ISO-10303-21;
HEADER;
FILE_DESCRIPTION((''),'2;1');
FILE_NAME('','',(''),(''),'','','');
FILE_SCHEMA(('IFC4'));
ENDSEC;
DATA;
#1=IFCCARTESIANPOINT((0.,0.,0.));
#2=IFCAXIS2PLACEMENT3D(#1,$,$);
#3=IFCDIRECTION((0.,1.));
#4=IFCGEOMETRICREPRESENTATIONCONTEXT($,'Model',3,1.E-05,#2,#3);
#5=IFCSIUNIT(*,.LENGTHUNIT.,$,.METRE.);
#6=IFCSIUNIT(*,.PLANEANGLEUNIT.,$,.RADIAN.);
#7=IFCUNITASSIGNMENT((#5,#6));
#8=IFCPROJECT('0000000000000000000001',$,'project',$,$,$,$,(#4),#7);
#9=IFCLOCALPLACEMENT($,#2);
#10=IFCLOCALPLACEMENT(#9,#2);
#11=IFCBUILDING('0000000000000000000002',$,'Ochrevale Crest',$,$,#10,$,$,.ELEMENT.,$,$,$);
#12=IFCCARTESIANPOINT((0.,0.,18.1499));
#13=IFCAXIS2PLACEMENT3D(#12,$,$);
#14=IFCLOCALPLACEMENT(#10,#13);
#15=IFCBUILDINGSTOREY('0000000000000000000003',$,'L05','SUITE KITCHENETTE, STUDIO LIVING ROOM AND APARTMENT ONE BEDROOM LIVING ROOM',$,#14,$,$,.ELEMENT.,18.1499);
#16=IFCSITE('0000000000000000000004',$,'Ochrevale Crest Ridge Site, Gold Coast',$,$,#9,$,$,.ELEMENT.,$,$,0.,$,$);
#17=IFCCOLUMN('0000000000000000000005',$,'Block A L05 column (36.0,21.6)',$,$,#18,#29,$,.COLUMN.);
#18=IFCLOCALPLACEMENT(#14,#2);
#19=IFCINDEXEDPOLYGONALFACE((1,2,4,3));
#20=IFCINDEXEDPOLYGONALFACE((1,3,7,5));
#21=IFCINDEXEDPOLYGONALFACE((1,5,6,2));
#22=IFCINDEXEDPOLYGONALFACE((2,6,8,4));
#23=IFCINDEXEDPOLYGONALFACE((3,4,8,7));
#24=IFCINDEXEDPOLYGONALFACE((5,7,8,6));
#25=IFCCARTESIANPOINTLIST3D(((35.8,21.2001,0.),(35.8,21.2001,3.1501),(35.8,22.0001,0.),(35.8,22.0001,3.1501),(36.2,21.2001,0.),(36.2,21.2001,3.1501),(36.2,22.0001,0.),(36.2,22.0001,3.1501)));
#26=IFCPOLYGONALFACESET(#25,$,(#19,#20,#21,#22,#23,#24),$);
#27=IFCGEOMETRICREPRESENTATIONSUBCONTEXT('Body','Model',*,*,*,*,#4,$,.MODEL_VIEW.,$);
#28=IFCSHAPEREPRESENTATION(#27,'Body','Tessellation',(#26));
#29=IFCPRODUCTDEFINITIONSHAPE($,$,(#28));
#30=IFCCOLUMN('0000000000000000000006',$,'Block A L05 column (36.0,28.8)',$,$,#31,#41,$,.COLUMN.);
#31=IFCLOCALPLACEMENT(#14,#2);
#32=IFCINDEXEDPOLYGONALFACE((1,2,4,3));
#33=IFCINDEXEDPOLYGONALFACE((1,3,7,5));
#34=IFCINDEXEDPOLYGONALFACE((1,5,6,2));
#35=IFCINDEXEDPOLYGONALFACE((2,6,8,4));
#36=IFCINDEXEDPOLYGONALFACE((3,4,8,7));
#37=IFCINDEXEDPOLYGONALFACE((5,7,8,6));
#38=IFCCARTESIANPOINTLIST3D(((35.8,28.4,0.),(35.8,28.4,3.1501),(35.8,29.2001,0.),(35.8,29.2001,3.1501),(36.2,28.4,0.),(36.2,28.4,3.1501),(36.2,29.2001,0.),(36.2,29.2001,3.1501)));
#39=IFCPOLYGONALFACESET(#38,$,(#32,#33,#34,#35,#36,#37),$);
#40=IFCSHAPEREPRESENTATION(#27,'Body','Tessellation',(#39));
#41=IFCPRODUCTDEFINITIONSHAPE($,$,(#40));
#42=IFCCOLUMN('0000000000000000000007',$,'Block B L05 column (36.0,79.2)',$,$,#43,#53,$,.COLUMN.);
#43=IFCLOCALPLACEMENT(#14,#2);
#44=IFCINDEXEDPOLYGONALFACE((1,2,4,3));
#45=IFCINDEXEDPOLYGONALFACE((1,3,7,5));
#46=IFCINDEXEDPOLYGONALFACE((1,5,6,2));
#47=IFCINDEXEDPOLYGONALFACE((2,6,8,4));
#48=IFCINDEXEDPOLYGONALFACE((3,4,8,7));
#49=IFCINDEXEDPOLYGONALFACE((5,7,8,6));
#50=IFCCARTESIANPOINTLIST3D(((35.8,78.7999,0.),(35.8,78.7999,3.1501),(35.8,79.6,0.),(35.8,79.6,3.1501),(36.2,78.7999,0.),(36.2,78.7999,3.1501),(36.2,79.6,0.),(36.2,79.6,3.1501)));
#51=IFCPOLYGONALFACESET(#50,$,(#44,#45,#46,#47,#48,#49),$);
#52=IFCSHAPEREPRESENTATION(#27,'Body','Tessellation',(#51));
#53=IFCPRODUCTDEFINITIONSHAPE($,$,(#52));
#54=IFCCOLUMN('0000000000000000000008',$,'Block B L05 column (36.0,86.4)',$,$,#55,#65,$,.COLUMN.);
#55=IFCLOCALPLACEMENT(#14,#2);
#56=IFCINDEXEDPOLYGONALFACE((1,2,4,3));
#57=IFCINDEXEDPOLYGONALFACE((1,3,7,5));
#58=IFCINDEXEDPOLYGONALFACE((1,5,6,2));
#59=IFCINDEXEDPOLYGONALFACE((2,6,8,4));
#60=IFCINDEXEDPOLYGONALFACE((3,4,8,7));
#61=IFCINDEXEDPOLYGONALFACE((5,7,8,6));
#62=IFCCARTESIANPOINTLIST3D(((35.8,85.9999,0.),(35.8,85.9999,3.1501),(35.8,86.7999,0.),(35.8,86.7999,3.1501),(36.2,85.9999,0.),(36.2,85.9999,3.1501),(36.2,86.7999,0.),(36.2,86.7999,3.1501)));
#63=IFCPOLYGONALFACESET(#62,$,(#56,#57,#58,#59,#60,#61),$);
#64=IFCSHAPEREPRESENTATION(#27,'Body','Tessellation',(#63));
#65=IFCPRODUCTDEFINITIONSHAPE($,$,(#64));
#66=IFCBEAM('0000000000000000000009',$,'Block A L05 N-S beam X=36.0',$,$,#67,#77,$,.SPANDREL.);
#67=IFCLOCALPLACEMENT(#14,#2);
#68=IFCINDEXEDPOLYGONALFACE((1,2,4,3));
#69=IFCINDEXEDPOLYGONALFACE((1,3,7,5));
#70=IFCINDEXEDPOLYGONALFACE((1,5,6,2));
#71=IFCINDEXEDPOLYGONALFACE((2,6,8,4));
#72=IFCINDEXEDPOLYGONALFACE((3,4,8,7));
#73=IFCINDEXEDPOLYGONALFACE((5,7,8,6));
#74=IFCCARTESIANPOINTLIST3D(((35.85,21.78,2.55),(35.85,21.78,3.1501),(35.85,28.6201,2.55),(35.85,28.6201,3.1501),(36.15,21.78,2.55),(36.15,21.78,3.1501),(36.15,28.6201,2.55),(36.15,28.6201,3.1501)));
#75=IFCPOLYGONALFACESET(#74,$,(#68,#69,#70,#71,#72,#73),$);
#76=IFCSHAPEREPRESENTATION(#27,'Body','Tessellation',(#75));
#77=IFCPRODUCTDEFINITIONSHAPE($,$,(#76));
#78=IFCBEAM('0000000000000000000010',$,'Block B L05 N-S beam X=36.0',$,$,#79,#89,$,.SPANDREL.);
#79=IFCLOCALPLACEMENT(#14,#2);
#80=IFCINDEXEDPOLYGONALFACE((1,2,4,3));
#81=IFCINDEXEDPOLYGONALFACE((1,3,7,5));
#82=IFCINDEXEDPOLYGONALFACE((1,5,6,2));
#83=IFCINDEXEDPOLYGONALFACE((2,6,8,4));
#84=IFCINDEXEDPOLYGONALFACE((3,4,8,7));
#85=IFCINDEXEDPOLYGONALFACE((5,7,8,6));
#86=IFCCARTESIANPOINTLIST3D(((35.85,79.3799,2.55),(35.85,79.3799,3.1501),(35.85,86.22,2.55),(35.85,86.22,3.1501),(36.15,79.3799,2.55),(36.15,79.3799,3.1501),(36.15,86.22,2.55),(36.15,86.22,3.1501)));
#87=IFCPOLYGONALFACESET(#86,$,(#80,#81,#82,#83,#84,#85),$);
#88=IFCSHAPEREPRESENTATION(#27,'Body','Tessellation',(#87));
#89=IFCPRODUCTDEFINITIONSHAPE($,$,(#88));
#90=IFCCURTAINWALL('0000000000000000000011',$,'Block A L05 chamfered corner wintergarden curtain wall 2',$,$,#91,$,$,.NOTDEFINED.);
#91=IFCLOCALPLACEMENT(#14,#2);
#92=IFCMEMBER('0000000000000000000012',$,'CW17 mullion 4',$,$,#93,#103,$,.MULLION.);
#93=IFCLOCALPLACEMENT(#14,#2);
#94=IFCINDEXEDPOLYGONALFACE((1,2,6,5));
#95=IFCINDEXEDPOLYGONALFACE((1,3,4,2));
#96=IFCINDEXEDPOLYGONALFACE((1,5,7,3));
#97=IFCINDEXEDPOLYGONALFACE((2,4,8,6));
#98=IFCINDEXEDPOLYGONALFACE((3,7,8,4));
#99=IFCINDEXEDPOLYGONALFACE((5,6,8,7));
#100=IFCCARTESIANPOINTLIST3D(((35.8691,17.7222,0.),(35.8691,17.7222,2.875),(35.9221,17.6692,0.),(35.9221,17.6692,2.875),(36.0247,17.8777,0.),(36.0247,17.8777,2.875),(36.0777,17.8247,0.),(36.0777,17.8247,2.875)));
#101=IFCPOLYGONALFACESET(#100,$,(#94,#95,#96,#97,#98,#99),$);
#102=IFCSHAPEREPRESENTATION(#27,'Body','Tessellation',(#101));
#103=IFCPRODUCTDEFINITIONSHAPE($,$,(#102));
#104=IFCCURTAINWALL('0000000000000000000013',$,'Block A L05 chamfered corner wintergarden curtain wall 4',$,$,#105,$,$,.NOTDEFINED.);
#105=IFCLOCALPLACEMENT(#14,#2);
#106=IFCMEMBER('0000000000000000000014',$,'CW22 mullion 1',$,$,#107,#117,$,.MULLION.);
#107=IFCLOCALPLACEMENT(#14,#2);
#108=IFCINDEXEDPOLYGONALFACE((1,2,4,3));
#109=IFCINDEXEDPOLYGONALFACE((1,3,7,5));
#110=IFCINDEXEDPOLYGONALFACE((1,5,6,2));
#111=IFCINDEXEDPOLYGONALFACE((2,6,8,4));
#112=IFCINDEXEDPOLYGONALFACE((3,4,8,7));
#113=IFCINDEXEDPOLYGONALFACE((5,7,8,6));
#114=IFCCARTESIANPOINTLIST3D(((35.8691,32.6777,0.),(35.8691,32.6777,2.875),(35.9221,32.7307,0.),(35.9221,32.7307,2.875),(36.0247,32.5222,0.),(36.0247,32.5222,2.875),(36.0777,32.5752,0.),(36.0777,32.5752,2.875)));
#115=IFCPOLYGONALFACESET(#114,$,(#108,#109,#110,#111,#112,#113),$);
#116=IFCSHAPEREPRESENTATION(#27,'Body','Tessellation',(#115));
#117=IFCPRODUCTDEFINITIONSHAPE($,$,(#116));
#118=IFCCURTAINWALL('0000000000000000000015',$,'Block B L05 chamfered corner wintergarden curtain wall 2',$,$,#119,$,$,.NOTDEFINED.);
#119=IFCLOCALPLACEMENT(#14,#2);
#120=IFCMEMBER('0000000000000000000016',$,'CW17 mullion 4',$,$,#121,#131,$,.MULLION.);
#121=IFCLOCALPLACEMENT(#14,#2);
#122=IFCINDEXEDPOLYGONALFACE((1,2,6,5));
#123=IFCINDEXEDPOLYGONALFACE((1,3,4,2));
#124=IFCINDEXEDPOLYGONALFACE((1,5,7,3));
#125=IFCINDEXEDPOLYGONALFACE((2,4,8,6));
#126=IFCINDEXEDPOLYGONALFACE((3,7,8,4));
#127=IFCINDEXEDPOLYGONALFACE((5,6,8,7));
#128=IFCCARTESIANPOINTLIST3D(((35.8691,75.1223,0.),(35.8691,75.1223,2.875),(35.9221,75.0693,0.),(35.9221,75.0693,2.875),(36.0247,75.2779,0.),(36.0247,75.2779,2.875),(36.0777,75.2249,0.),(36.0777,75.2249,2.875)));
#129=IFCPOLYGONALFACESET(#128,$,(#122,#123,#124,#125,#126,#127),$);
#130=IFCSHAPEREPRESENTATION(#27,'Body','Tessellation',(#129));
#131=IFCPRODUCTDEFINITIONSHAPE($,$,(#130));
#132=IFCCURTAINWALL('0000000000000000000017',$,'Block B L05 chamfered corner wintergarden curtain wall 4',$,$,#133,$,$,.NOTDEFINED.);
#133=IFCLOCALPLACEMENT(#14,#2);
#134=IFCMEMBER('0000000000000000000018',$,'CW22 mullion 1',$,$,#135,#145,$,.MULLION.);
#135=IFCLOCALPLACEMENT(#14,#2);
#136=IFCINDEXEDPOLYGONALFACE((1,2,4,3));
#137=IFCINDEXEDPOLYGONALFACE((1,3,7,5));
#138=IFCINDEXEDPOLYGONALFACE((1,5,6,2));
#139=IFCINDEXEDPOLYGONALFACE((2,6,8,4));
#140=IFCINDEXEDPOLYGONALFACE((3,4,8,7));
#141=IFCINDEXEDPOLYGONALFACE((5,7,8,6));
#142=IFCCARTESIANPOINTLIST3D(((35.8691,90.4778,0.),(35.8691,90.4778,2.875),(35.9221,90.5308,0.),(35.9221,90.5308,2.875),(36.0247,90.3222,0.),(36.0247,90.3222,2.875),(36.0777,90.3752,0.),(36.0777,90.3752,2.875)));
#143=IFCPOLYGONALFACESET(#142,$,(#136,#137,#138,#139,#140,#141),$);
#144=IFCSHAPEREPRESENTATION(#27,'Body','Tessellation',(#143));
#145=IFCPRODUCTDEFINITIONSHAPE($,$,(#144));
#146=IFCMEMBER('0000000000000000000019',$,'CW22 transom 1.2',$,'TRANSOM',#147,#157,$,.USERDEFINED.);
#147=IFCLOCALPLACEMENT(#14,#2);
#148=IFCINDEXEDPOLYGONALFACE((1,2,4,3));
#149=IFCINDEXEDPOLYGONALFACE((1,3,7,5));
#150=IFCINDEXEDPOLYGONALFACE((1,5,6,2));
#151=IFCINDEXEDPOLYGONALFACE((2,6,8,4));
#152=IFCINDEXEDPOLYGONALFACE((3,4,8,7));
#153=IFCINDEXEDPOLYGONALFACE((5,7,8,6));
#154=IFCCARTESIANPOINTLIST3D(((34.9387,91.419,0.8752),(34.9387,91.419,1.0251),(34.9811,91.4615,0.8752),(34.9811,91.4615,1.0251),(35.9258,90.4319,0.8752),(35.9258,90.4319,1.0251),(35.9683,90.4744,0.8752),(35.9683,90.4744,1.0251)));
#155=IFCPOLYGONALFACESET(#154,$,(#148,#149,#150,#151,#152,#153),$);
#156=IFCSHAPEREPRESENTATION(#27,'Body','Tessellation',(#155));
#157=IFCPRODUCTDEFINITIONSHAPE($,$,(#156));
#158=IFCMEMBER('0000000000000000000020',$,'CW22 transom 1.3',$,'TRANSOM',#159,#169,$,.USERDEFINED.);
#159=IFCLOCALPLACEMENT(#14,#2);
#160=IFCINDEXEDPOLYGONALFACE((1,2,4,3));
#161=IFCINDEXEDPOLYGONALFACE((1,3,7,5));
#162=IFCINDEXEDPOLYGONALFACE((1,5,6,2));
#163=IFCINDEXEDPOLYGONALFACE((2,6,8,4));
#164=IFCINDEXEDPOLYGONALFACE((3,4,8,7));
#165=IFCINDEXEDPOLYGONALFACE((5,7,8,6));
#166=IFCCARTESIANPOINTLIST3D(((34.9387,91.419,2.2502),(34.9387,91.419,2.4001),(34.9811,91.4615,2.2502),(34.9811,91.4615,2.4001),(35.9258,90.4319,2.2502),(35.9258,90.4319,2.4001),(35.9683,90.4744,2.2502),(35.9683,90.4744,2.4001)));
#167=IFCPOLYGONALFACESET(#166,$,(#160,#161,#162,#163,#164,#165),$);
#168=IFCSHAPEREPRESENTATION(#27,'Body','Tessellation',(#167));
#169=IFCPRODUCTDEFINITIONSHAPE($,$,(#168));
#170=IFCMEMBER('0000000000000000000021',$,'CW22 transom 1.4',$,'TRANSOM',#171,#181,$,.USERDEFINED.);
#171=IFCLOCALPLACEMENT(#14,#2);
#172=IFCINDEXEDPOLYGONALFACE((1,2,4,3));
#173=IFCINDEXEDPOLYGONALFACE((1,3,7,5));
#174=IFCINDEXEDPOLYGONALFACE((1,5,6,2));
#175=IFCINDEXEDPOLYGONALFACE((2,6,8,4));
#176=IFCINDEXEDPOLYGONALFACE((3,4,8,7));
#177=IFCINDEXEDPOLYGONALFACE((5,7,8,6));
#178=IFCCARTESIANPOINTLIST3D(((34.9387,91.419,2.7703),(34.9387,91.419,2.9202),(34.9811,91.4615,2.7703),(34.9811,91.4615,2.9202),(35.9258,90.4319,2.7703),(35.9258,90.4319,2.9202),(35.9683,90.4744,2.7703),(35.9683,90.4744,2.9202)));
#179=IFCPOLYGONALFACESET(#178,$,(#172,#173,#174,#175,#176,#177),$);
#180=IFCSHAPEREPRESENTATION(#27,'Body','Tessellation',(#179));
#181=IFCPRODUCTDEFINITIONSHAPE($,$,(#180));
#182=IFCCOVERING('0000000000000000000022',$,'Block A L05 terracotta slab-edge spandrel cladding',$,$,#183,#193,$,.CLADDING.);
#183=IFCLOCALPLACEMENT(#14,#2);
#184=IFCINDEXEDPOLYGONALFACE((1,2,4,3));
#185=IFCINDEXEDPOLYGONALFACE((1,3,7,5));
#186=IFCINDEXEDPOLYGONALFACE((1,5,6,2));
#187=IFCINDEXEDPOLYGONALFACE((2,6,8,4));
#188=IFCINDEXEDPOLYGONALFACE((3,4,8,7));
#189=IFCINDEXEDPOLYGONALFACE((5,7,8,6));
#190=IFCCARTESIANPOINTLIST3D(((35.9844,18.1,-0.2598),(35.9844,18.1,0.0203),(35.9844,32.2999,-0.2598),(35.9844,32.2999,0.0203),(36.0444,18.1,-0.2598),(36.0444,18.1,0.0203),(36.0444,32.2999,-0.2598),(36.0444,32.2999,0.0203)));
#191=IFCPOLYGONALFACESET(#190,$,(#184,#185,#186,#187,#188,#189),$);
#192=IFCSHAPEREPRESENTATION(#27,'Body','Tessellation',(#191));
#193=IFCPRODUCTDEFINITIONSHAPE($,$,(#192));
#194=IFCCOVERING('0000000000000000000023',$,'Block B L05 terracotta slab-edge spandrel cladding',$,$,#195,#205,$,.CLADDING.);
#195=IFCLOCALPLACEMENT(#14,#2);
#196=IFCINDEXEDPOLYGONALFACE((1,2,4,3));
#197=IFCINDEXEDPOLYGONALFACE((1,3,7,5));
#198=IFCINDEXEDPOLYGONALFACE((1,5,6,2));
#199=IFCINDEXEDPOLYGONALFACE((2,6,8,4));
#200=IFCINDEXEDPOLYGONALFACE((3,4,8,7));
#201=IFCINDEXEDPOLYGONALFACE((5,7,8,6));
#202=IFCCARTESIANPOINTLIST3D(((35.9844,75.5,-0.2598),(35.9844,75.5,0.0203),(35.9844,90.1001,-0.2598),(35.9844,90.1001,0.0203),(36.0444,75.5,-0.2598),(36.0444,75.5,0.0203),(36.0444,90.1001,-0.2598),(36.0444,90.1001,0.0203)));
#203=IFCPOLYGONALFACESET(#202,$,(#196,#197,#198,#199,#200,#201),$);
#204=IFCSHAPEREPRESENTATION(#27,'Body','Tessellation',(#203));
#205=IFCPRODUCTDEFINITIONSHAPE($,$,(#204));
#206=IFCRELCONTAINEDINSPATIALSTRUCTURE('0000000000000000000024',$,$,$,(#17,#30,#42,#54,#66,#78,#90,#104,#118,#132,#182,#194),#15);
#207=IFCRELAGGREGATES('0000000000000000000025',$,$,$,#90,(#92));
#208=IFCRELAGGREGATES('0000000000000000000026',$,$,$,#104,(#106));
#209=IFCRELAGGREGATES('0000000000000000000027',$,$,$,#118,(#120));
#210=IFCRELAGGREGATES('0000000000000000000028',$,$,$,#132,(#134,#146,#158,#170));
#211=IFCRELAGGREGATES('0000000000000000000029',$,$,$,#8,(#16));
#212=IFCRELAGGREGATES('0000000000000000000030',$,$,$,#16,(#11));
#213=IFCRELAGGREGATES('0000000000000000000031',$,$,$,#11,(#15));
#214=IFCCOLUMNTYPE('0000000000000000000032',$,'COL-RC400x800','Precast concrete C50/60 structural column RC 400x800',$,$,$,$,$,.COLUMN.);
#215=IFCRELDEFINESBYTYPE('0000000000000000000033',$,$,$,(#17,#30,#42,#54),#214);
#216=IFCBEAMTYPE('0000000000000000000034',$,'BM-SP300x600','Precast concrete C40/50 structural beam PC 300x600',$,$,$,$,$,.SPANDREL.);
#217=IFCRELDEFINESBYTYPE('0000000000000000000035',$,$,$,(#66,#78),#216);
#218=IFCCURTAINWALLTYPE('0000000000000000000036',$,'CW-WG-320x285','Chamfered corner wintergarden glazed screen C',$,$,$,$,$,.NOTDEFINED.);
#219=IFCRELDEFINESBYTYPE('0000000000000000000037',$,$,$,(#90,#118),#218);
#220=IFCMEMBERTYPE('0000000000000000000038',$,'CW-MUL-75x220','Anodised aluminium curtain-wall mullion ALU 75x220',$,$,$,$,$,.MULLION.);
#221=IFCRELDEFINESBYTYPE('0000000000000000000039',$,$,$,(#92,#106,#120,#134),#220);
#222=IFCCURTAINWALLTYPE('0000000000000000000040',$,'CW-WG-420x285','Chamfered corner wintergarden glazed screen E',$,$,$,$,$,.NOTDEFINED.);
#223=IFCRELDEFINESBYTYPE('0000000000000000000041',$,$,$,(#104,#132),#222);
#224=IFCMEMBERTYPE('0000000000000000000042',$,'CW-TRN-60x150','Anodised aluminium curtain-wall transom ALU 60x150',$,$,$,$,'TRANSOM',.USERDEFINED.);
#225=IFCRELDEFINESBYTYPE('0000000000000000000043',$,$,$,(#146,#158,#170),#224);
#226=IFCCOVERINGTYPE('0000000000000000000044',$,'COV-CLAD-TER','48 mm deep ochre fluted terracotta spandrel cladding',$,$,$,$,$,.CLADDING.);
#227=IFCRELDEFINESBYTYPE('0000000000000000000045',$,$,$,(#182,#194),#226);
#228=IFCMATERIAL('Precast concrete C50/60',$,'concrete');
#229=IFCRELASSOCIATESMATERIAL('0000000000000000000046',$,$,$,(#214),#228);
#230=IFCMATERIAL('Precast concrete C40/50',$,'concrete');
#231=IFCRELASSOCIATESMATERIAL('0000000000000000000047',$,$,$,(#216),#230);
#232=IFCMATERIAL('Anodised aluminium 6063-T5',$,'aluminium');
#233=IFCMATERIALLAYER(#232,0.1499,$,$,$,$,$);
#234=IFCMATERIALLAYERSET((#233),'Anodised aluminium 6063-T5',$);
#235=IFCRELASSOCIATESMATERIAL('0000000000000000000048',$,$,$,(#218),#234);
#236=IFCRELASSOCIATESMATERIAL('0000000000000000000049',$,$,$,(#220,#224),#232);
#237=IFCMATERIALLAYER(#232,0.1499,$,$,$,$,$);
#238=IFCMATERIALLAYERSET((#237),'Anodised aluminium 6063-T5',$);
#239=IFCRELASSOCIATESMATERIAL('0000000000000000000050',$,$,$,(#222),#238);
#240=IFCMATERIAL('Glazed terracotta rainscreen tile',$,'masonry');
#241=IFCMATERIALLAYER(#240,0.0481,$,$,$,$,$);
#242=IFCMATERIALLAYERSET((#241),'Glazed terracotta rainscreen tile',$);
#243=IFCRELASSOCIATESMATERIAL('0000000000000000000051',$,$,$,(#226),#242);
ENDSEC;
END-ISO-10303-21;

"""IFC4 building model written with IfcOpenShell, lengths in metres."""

from ifc_helpers import new_model, si_unit, direction, frame, origin, origin_2d, place, context, subcontext, project, spatial, rectangle, extrude, material, layer, layer_set, material_profile, profile_set, type_object, element, aggregate, save


model = new_model("IFC4")

# Units and contexts
model_context = context("Model", 3, precision=1e-05, world=origin(), true_north=direction((0.0, 1.0)))
body_context = subcontext(model_context, "Body", "Model", "MODEL_VIEW")
ifc_project = project(units=[si_unit("LENGTHUNIT", "METRE"), si_unit("PLANEANGLEUNIT", "RADIAN")], contexts=[model_context])

# Site, building, storey
site_placement = place(None, origin())
site = spatial("IfcSite", under=ifc_project, at=site_placement, Name="Ochrevale Crest Ridge Site, Gold Coast", CompositionType="ELEMENT", RefElevation=0.0)
building_placement = place(site_placement, origin())
building = spatial("IfcBuilding", under=site, at=building_placement, Name="Ochrevale Crest", CompositionType="ELEMENT")
storey_placement = place(building_placement, frame((0.0, 0.0, 18.1499)))
storey = spatial("IfcBuildingStorey", under=building, at=storey_placement, Name="L05", Description="SUITE KITCHENETTE, STUDIO LIVING ROOM AND APARTMENT ONE BEDROOM LIVING ROOM", CompositionType="ELEMENT", Elevation=18.1499)

# Columns
ifc_material_1 = material(Name="Precast concrete C50/60", Category="concrete")
ifc_material_profile_1 = material_profile(ifc_material_1, rectangle(XDim=0.3999, YDim=0.8, at=origin_2d()), Name="RC 400x800")
ifc_profile_set_1 = profile_set([ifc_material_profile_1], Name="Precast concrete C50/60")
column_type = type_object("IfcColumnType", Name="COL-RC400x800", Description="Precast concrete C50/60 structural column RC 400x800", PredefinedType="COLUMN", material=ifc_profile_set_1)
for number, where, z_axis, x_axis, name in (
    (1, (36.0, 21.6001, 0.0), (0.0, 0.0, 1.0), (1.0, 0.0, 0.0), "Block A L05 column (36.0,21.6)"),
    (2, (36.0, 28.8, 0.0), (0.0, 0.0, 1.0), (1.0, 0.0, 0.0), "Block A L05 column (36.0,28.8)"),
    (3, (36.0, 79.2, 0.0), (0.0, 0.0, 1.0), (1.0, 0.0, 0.0), "Block B L05 column (36.0,79.2)"),
    (4, (36.0, 86.3999, 0.0), (0.0, 0.0, 1.0), (1.0, 0.0, 0.0), "Block B L05 column (36.0,86.4)"),
):
    element("IfcColumn", number, at=place(storey_placement, frame(where, z_axis=z_axis, x_axis=x_axis)), inside=storey, type_object=column_type, Name=name, PredefinedType="COLUMN", context=body_context, shape_type="SweptSolid", body=[
        extrude(rectangle(XDim=0.3999, YDim=0.8, at=origin_2d()), origin(), (0.0, 0.0, 1.0), 3.1501),
    ])

# Beams
ifc_material_2 = material(Name="Precast concrete C40/50", Category="concrete")
ifc_material_profile_2 = material_profile(ifc_material_2, rectangle(XDim=0.3, YDim=0.6001, at=origin_2d()), Name="PC 300x600")
ifc_profile_set_2 = profile_set([ifc_material_profile_2], Name="Precast concrete C40/50")
beam_type = type_object("IfcBeamType", Name="BM-SP300x600", Description="Precast concrete C40/50 structural beam PC 300x600", PredefinedType="SPANDREL", material=ifc_profile_set_2)
for number, where, z_axis, x_axis, name in (
    (5, (36.0, 21.78, 2.8501), (0.0, 1.0, 0.0), (-1.0, 0.0, 0.0), "Block A L05 N-S beam X=36.0"),
    (6, (36.0, 79.3799, 2.8501), (0.0, 1.0, 0.0), (-1.0, 0.0, 0.0), "Block B L05 N-S beam X=36.0"),
):
    element("IfcBeam", number, at=place(storey_placement, frame(where, z_axis=z_axis, x_axis=x_axis)), inside=storey, type_object=beam_type, Name=name, PredefinedType="SPANDREL", context=body_context, shape_type="SweptSolid", body=[
        extrude(rectangle(XDim=0.3, YDim=0.6001, at=origin_2d()), origin(), (0.0, 0.0, 1.0), 6.8401),
    ])

# Curtain walls, members
ifc_material_3 = material(Name="Anodised aluminium 6063-T5", Category="aluminium")
ifc_layer_1 = layer(ifc_material_3, 0.1499)
ifc_layer_set_1 = layer_set([ifc_layer_1], Name="Anodised aluminium 6063-T5")
curtain_wall_type_1 = type_object("IfcCurtainWallType", Name="CW-WG-320x285", Description="Chamfered corner wintergarden glazed screen C", PredefinedType="NOTDEFINED", material=ifc_layer_set_1)
curtain_wall_1_placement = place(storey_placement, origin())
curtain_wall_1 = element("IfcCurtainWall", 7, at=curtain_wall_1_placement, inside=storey, type_object=curtain_wall_type_1, Name="Block A L05 chamfered corner wintergarden curtain wall 2", PredefinedType="NOTDEFINED")
ifc_material_profile_3 = material_profile(ifc_material_3, rectangle(XDim=0.075, YDim=0.22, at=origin_2d()), Name="ALU 75x220")
ifc_profile_set_3 = profile_set([ifc_material_profile_3], Name="Anodised aluminium 6063-T5")
member_type_1 = type_object("IfcMemberType", Name="CW-MUL-75x220", Description="Anodised aluminium curtain-wall mullion ALU 75x220", PredefinedType="MULLION", material=ifc_profile_set_3)
member_1_placement = place(storey_placement, frame((35.9734, 17.7734, 0.0), z_axis=(0.0, 0.0, 1.0), x_axis=(-0.707107, 0.707107, 0.0)))
member_1 = element("IfcMember", 8, at=member_1_placement, type_object=member_type_1, Name="CW17 mullion 4", PredefinedType="MULLION", context=body_context, shape_type="SweptSolid", body=[
    extrude(rectangle(XDim=0.075, YDim=0.22, at=origin_2d()), origin(), (0.0, 0.0, 1.0), 2.875),
])
aggregate(curtain_wall_1, [member_1])
ifc_layer_2 = layer(ifc_material_3, 0.1499)
ifc_layer_set_2 = layer_set([ifc_layer_2], Name="Anodised aluminium 6063-T5")
curtain_wall_type_2 = type_object("IfcCurtainWallType", Name="CW-WG-420x285", Description="Chamfered corner wintergarden glazed screen E", PredefinedType="NOTDEFINED", material=ifc_layer_set_2)
curtain_wall_2_placement = place(storey_placement, origin())
curtain_wall_2 = element("IfcCurtainWall", 9, at=curtain_wall_2_placement, inside=storey, type_object=curtain_wall_type_2, Name="Block A L05 chamfered corner wintergarden curtain wall 4", PredefinedType="NOTDEFINED")
member_2_placement = place(storey_placement, frame((35.9734, 32.6265, 0.0), z_axis=(0.0, 0.0, 1.0), x_axis=(-0.707107, -0.707107, 0.0)))
member_2 = element("IfcMember", 10, at=member_2_placement, type_object=member_type_1, Name="CW22 mullion 1", PredefinedType="MULLION", context=body_context, shape_type="SweptSolid", body=[
    extrude(rectangle(XDim=0.075, YDim=0.22, at=origin_2d()), origin(), (0.0, 0.0, 1.0), 2.875),
])
aggregate(curtain_wall_2, [member_2])
curtain_wall_3_placement = place(storey_placement, origin())
curtain_wall_3 = element("IfcCurtainWall", 11, at=curtain_wall_3_placement, inside=storey, type_object=curtain_wall_type_1, Name="Block B L05 chamfered corner wintergarden curtain wall 2", PredefinedType="NOTDEFINED")
member_3_placement = place(storey_placement, frame((35.9734, 75.1736, 0.0), z_axis=(0.0, 0.0, 1.0), x_axis=(-0.707107, 0.707107, 0.0)))
member_3 = element("IfcMember", 12, at=member_3_placement, type_object=member_type_1, Name="CW17 mullion 4", PredefinedType="MULLION", context=body_context, shape_type="SweptSolid", body=[
    extrude(rectangle(XDim=0.075, YDim=0.22, at=origin_2d()), origin(), (0.0, 0.0, 1.0), 2.875),
])
aggregate(curtain_wall_3, [member_3])

# Curtain wall, members
curtain_wall_4_placement = place(storey_placement, origin())
curtain_wall_4 = element("IfcCurtainWall", 13, at=curtain_wall_4_placement, inside=storey, type_object=curtain_wall_type_2, Name="Block B L05 chamfered corner wintergarden curtain wall 4", PredefinedType="NOTDEFINED")
member_4_placement = place(storey_placement, frame((35.9734, 90.4265, 0.0), z_axis=(0.0, 0.0, 1.0), x_axis=(-0.707107, -0.707107, 0.0)))
member_4 = element("IfcMember", 14, at=member_4_placement, type_object=member_type_1, Name="CW22 mullion 1", PredefinedType="MULLION", context=body_context, shape_type="SweptSolid", body=[
    extrude(rectangle(XDim=0.075, YDim=0.22, at=origin_2d()), origin(), (0.0, 0.0, 1.0), 2.875),
])
ifc_material_profile_4 = material_profile(ifc_material_3, rectangle(XDim=0.0601, YDim=0.1499, at=origin_2d()), Name="ALU 60x150")
ifc_profile_set_4 = profile_set([ifc_material_profile_4], Name="Anodised aluminium 6063-T5")
member_type_2 = type_object("IfcMemberType", Name="CW-TRN-60x150", Description="Anodised aluminium curtain-wall transom ALU 60x150", ElementType="TRANSOM", PredefinedType="USERDEFINED", material=ifc_profile_set_4)
member_5_placement = place(storey_placement, frame((35.947, 90.4531, 0.9502), z_axis=(-0.707107, 0.707107, 0.0), x_axis=(-0.707107, -0.707107, 0.0)))
member_5 = element("IfcMember", 15, at=member_5_placement, type_object=member_type_2, Name="CW22 transom 1.2", ObjectType="TRANSOM", PredefinedType="USERDEFINED", context=body_context, shape_type="SweptSolid", body=[
    extrude(rectangle(XDim=0.0601, YDim=0.1499, at=origin_2d()), origin(), (0.0, 0.0, 1.0), 1.396),
])
member_6_placement = place(storey_placement, frame((35.947, 90.4531, 2.3252), z_axis=(-0.707107, 0.707107, 0.0), x_axis=(-0.707107, -0.707107, 0.0)))
member_6 = element("IfcMember", 16, at=member_6_placement, type_object=member_type_2, Name="CW22 transom 1.3", ObjectType="TRANSOM", PredefinedType="USERDEFINED", context=body_context, shape_type="SweptSolid", body=[
    extrude(rectangle(XDim=0.0601, YDim=0.1499, at=origin_2d()), origin(), (0.0, 0.0, 1.0), 1.396),
])
member_7_placement = place(storey_placement, frame((35.947, 90.4531, 2.8452), z_axis=(-0.707107, 0.707107, 0.0), x_axis=(-0.707107, -0.707107, 0.0)))
member_7 = element("IfcMember", 17, at=member_7_placement, type_object=member_type_2, Name="CW22 transom 1.4", ObjectType="TRANSOM", PredefinedType="USERDEFINED", context=body_context, shape_type="SweptSolid", body=[
    extrude(rectangle(XDim=0.0601, YDim=0.1499, at=origin_2d()), origin(), (0.0, 0.0, 1.0), 1.396),
])
aggregate(curtain_wall_4, [member_4, member_5, member_6, member_7])

# Coverings
ifc_material_4 = material(Name="Glazed terracotta rainscreen tile", Category="masonry")
ifc_layer_3 = layer(ifc_material_4, 0.0481)
ifc_layer_set_3 = layer_set([ifc_layer_3], Name="Glazed terracotta rainscreen tile")
covering_type = type_object("IfcCoveringType", Name="COV-CLAD-TER", Description="48 mm deep ochre fluted terracotta spandrel cladding", PredefinedType="CLADDING", material=ifc_layer_set_3)
covering_1_placement = place(storey_placement, frame((36.0144, 25.2, -0.2598), z_axis=(0.0, 0.0, 1.0), x_axis=(0.0, 1.0, 0.0)))
element("IfcCovering", 18, at=covering_1_placement, inside=storey, type_object=covering_type, Name="Block A L05 terracotta slab-edge spandrel cladding", PredefinedType="CLADDING", context=body_context, shape_type="SweptSolid", body=[
    extrude(rectangle(XDim=14.2, YDim=0.0601, at=origin_2d()), origin(), (0.0, 0.0, 1.0), 0.28),
])
covering_2_placement = place(storey_placement, frame((36.0144, 82.8, -0.2598), z_axis=(0.0, 0.0, 1.0), x_axis=(0.0, 1.0, 0.0)))
element("IfcCovering", 19, at=covering_2_placement, inside=storey, type_object=covering_type, Name="Block B L05 terracotta slab-edge spandrel cladding", PredefinedType="CLADDING", context=body_context, shape_type="SweptSolid", body=[
    extrude(rectangle(XDim=14.6001, YDim=0.0601, at=origin_2d()), origin(), (0.0, 0.0, 1.0), 0.28),
])

save(model, "model.ifc")
